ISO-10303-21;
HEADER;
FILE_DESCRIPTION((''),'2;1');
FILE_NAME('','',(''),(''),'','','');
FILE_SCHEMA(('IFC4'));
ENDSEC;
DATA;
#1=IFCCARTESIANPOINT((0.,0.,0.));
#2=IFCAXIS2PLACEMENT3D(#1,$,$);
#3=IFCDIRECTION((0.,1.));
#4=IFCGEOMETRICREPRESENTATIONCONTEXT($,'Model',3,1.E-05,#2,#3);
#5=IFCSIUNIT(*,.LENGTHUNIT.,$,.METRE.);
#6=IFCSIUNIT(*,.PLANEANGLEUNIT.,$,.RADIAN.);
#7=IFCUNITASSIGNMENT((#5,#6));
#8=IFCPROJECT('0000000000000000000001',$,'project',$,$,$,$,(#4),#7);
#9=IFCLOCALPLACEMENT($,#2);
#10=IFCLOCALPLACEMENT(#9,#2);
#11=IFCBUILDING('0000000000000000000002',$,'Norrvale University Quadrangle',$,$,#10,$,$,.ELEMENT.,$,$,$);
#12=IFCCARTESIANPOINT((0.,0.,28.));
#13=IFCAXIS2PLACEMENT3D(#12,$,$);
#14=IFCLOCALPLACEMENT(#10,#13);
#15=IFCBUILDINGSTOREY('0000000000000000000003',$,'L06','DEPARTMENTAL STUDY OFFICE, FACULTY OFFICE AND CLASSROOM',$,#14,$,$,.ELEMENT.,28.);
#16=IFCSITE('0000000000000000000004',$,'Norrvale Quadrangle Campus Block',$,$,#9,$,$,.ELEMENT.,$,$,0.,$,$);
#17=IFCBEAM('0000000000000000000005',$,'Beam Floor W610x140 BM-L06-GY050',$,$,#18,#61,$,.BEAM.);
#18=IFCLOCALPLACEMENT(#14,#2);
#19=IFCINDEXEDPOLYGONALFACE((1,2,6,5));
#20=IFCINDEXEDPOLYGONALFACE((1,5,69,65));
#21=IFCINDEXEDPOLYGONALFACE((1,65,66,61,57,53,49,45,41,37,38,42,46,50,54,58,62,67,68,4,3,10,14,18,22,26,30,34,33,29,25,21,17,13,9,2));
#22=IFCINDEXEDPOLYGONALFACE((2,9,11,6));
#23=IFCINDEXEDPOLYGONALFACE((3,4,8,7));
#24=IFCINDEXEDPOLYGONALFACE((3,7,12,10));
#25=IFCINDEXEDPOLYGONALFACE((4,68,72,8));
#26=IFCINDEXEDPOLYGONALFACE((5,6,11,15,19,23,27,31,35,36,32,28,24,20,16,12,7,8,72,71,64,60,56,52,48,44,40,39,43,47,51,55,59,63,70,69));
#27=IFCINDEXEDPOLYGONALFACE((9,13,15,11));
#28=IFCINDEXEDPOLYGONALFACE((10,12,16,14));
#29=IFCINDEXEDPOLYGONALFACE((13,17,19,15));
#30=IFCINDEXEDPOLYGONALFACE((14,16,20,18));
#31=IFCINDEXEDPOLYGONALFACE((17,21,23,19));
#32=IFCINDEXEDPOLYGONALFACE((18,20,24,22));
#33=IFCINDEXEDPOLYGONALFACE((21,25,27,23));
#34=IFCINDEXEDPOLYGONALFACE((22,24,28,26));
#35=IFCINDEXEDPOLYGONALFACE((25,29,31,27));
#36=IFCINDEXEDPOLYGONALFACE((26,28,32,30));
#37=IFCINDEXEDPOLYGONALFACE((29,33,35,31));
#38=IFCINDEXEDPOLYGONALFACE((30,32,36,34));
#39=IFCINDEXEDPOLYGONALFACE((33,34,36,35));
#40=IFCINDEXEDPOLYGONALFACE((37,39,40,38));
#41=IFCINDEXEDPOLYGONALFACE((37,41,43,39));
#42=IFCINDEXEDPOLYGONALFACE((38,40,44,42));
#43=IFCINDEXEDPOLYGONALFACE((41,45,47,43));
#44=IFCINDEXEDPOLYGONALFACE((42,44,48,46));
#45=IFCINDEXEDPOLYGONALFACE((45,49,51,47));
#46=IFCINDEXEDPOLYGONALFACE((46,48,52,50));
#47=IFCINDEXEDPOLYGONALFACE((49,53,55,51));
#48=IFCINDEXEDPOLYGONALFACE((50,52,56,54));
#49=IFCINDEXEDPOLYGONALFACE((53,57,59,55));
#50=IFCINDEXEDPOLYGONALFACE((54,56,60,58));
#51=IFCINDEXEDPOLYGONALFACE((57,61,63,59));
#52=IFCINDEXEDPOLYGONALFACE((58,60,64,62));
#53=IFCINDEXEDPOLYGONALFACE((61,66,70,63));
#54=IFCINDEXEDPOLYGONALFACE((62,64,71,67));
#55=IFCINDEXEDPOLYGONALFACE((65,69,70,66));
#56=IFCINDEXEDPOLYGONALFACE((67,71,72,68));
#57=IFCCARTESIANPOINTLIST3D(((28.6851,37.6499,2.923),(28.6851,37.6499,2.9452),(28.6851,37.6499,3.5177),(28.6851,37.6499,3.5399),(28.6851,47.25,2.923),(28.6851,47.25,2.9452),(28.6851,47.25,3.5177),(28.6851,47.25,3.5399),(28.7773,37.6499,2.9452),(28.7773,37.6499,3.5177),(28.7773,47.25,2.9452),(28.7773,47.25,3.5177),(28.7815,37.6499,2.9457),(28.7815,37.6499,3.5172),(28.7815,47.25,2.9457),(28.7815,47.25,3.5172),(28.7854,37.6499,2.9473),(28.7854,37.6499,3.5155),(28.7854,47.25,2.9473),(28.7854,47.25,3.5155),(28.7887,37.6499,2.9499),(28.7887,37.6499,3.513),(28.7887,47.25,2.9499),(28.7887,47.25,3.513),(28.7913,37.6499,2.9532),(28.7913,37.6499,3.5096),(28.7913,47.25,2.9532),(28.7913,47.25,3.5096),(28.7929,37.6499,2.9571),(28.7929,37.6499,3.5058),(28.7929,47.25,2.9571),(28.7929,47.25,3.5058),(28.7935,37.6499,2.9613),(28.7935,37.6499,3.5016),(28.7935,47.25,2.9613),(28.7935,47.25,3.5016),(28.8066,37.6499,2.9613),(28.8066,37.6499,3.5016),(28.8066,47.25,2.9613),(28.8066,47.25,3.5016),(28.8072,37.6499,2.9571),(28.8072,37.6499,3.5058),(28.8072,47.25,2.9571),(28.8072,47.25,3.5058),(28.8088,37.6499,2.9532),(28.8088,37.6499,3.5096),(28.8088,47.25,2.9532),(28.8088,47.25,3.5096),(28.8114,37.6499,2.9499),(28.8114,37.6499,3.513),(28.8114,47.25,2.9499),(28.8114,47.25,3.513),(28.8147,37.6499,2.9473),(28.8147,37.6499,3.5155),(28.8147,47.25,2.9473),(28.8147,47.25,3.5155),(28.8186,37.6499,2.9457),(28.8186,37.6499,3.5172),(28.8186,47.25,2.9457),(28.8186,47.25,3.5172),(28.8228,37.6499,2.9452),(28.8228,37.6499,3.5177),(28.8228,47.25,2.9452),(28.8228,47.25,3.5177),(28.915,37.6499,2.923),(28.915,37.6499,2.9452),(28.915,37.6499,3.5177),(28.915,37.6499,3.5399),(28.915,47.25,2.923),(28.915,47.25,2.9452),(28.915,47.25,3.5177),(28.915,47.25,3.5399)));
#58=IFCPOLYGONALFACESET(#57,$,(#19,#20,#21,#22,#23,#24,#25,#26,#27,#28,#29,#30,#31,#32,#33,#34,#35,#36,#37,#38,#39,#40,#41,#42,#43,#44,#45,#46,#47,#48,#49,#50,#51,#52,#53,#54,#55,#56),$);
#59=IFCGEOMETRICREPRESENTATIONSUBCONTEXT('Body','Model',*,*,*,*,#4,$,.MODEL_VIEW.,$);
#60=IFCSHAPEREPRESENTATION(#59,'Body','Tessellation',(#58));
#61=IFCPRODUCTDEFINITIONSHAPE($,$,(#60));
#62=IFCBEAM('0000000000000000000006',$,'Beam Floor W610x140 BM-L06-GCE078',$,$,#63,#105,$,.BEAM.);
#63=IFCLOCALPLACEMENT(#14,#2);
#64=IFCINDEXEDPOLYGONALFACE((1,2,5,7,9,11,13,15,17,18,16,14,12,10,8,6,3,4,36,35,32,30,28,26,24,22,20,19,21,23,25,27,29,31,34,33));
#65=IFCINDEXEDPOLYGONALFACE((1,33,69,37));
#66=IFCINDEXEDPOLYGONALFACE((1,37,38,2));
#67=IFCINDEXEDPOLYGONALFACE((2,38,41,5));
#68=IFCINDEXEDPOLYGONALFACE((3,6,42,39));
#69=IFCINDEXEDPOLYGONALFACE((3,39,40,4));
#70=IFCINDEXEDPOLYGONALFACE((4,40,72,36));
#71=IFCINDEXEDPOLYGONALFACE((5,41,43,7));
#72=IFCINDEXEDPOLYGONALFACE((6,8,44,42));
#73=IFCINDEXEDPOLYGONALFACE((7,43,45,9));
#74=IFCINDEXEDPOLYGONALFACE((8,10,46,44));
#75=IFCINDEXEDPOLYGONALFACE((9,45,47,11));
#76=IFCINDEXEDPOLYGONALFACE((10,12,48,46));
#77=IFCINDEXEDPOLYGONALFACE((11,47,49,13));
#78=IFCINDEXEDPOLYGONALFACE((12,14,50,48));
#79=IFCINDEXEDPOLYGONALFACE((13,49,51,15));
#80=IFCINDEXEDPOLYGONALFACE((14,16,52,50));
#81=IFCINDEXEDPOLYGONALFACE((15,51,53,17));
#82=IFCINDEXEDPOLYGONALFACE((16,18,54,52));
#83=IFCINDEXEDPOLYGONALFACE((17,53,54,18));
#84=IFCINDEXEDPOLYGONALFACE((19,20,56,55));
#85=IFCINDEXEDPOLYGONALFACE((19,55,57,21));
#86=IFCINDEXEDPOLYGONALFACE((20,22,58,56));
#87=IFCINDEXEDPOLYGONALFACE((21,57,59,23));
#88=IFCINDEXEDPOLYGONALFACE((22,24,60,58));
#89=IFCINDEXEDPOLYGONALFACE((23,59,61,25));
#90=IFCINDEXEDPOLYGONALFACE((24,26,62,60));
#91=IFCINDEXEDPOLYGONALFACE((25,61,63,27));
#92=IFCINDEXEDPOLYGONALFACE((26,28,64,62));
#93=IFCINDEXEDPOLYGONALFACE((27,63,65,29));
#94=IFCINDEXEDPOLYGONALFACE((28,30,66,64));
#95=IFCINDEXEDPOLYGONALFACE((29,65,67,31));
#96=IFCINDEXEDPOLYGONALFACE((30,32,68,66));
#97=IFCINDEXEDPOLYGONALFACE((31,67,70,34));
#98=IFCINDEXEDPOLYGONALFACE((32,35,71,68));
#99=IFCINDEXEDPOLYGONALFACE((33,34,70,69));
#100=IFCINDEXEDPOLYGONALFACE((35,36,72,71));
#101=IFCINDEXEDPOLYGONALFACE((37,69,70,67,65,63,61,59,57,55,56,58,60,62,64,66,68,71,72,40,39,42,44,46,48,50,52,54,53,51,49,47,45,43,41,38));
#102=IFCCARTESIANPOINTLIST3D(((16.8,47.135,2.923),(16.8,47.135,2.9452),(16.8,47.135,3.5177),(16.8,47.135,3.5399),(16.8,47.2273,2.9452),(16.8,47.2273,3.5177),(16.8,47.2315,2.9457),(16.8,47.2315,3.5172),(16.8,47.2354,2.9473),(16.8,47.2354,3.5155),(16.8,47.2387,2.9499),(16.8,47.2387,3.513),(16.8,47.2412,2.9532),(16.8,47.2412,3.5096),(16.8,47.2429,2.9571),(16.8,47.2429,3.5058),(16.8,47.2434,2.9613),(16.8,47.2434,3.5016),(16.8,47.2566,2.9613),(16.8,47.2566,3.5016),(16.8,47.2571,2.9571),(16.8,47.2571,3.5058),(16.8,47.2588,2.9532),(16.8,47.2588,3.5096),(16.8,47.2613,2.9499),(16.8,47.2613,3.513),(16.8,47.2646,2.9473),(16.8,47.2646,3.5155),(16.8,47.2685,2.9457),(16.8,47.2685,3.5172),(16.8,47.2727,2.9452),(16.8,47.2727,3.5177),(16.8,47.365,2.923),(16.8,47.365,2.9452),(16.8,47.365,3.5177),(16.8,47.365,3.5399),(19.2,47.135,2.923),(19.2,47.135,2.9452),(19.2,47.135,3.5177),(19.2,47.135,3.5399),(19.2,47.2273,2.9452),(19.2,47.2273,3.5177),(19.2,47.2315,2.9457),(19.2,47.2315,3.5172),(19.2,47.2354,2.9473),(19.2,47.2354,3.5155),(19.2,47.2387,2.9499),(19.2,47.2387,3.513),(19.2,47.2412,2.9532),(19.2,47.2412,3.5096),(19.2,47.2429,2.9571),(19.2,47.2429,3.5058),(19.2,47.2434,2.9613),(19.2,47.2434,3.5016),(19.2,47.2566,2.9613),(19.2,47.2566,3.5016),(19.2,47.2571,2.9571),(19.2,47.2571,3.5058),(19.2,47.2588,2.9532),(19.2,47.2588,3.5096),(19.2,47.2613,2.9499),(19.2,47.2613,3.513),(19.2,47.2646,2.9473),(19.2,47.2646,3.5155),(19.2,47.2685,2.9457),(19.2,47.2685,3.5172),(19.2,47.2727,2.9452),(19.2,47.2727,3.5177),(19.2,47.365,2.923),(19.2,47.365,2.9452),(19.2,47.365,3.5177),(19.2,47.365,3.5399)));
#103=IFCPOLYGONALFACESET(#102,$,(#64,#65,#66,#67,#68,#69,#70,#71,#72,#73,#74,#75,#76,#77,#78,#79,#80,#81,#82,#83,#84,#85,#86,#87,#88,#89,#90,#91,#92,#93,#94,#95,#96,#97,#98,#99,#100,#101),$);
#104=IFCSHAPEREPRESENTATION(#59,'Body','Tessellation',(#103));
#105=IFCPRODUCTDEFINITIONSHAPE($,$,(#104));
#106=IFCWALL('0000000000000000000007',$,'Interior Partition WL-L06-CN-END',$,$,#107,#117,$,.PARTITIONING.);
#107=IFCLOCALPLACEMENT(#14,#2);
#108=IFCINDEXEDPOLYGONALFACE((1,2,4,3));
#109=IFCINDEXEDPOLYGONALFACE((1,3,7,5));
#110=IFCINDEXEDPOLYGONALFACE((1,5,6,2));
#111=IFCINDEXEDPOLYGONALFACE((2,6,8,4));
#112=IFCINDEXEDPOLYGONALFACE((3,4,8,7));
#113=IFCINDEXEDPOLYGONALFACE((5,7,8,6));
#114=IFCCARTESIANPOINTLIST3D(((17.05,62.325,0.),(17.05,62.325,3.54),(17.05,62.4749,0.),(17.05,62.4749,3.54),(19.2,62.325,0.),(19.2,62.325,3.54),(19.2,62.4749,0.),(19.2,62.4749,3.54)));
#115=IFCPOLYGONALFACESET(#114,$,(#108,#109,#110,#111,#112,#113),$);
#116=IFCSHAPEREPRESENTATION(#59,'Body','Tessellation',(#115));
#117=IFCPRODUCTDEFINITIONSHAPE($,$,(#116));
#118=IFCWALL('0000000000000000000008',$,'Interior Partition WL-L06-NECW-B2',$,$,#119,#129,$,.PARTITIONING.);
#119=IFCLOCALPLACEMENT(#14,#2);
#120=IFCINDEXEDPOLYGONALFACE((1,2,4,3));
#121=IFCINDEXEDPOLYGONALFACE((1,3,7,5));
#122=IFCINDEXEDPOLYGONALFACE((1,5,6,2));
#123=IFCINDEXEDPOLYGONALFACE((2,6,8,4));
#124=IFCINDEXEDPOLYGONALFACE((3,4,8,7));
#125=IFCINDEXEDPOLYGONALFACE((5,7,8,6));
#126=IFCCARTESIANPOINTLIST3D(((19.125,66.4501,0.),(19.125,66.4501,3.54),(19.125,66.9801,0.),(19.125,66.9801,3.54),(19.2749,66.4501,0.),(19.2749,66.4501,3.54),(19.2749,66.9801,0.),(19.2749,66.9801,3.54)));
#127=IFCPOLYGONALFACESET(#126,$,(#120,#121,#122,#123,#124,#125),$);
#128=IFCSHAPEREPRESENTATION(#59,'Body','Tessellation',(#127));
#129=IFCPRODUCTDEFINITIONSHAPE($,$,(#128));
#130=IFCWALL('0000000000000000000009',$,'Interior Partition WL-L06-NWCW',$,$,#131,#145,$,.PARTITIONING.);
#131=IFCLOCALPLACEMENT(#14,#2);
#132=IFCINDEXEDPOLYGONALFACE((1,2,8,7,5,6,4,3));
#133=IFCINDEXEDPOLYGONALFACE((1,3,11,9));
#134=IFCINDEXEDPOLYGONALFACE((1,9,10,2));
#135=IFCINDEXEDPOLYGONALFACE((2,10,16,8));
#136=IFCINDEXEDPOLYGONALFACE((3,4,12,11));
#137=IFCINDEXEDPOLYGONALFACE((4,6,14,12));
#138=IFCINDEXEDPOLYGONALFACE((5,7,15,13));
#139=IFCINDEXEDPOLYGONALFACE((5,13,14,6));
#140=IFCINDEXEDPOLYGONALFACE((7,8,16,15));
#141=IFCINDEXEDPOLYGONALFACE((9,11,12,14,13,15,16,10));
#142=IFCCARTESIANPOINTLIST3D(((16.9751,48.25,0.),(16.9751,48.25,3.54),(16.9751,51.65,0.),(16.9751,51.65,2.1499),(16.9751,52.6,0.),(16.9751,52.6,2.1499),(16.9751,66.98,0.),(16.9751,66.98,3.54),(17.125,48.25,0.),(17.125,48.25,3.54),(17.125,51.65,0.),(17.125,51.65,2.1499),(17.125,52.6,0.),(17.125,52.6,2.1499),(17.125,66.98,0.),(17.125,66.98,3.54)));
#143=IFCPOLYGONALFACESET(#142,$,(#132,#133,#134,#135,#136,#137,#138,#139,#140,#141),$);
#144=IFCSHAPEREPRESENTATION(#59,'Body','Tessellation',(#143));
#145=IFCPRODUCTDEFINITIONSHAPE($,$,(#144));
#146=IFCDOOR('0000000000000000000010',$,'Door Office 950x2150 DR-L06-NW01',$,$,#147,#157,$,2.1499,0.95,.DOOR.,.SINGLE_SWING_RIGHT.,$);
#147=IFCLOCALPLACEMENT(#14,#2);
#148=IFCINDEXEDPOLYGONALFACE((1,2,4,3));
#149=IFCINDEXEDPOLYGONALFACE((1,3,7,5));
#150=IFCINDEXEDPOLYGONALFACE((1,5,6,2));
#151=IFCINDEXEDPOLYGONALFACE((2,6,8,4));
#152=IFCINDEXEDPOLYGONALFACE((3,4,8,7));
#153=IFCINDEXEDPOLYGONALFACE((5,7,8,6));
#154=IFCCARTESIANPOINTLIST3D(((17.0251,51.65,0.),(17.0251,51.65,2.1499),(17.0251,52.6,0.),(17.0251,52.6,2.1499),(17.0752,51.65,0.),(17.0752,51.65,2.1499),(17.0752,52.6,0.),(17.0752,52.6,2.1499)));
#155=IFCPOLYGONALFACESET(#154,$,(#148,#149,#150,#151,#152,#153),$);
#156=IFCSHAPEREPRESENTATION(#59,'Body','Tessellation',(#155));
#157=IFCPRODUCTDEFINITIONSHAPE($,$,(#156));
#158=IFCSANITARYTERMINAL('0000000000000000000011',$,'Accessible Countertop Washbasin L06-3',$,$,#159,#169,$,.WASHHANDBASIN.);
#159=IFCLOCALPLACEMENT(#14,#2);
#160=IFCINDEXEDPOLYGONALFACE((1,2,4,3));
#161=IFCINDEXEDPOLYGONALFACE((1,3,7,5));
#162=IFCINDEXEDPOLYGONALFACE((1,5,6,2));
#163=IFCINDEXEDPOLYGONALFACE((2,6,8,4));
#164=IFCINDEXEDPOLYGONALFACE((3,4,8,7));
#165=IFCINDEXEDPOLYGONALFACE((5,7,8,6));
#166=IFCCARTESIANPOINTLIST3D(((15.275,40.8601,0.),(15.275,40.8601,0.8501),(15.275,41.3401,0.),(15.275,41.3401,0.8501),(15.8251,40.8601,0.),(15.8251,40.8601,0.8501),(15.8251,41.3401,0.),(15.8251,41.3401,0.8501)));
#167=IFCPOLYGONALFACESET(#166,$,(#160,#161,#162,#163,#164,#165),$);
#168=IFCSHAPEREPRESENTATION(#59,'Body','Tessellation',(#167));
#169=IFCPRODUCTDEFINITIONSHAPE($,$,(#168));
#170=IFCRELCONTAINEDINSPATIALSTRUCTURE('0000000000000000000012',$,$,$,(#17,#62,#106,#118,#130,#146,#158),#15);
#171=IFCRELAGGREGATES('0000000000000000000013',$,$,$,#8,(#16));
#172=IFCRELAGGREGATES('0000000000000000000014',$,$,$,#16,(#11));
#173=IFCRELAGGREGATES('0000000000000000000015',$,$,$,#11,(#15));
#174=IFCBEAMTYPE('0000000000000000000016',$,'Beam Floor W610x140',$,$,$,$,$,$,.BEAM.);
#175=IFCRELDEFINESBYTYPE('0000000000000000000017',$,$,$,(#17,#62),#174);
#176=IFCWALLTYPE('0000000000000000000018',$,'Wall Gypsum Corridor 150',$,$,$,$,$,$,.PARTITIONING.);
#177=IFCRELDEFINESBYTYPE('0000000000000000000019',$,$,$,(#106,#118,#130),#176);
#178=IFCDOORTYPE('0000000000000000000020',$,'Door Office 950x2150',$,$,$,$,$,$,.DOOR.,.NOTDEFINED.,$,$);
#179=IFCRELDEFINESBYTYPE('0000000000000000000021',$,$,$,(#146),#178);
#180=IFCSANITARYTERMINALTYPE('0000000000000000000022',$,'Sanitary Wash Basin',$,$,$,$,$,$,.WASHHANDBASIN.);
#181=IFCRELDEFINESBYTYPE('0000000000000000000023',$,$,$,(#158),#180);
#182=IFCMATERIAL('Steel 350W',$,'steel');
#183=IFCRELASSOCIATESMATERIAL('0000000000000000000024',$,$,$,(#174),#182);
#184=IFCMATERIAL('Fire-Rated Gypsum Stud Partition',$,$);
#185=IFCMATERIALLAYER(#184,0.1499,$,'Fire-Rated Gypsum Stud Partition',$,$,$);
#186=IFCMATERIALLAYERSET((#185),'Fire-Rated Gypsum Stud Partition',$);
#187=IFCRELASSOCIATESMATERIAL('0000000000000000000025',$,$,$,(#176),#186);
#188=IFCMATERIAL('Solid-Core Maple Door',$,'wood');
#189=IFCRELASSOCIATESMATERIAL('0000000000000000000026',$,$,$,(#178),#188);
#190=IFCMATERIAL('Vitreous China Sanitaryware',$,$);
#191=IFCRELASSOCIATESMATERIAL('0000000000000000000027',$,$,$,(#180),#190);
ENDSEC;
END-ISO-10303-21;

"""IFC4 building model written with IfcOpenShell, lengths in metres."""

from ifc_helpers import new_model, si_unit, direction, frame, frame_2d, origin, origin_2d, place, context, subcontext, project, spatial, rectangle, i_section, extrude, material, layer, layer_set, material_profile, profile_set, type_object, element, fill, save


model = new_model("IFC4")

# Units and contexts
model_context = context("Model", 3, precision=1e-05, world=origin(), true_north=direction((0.0, 1.0)))
body_context = subcontext(model_context, "Body", "Model", "MODEL_VIEW")
ifc_project = project(units=[si_unit("LENGTHUNIT", "METRE"), si_unit("PLANEANGLEUNIT", "RADIAN")], contexts=[model_context])

# Site, building, storey
site_placement = place(None, origin())
site = spatial("IfcSite", under=ifc_project, at=site_placement, Name="Norrvale Quadrangle Campus Block", CompositionType="ELEMENT", RefElevation=0.0)
building_placement = place(site_placement, origin())
building = spatial("IfcBuilding", under=site, at=building_placement, Name="Norrvale University Quadrangle", CompositionType="ELEMENT")
storey_placement = place(building_placement, frame((0.0, 0.0, 28.0)))
storey = spatial("IfcBuildingStorey", under=building, at=storey_placement, Name="L06", Description="DEPARTMENTAL STUDY OFFICE, FACULTY OFFICE AND CLASSROOM", CompositionType="ELEMENT", Elevation=28.0)

# Beams
ifc_material_1 = material(Name="Steel 350W", Category="steel")
ifc_material_profile_1 = material_profile(ifc_material_1, i_section(OverallWidth=0.23, OverallDepth=0.6169, WebThickness=0.0132, FlangeThickness=0.0222, FilletRadius=0.0161, at=origin_2d()), Name="Steel 350W")
ifc_profile_set_1 = profile_set([ifc_material_profile_1], Name="Steel 350W")
beam_type_1 = type_object("IfcBeamType", Name="Beam Floor W610x140", PredefinedType="BEAM", material=ifc_profile_set_1)
beam_1_placement = place(storey_placement, frame((28.8, 37.6499, 3.2314), z_axis=(0.0, 1.0, 0.0), x_axis=(-1.0, 0.0, 0.0)))
element("IfcBeam", 1, at=beam_1_placement, inside=storey, type_object=beam_type_1, Name="Beam Floor W610x140 BM-L06-GY050", PredefinedType="BEAM", context=body_context, shape_type="SweptSolid", body=[
    extrude(i_section(OverallWidth=0.23, OverallDepth=0.6169, WebThickness=0.0132, FlangeThickness=0.0222, FilletRadius=0.0161, at=origin_2d()), origin(), (0.0, 0.0, 1.0), 9.6001),
])
beam_2_placement = place(storey_placement, frame((16.8, 47.25, 3.2314), z_axis=(1.0, 0.0, 0.0), x_axis=(0.0, 1.0, 0.0)))
element("IfcBeam", 2, at=beam_2_placement, inside=storey, type_object=beam_type_1, Name="Beam Floor W610x140 BM-L06-GCE078", PredefinedType="BEAM", context=body_context, shape_type="SweptSolid", body=[
    extrude(i_section(OverallWidth=0.23, OverallDepth=0.6169, WebThickness=0.0132, FlangeThickness=0.0222, FilletRadius=0.0161, at=origin_2d()), origin(), (0.0, 0.0, 1.0), 2.3999),
])

# Walls
ifc_material_2 = material(Name="Fire-Rated Gypsum Stud Partition")
ifc_layer = layer(ifc_material_2, 0.1499, Name="Fire-Rated Gypsum Stud Partition")
ifc_layer_set = layer_set([ifc_layer], Name="Fire-Rated Gypsum Stud Partition")
wall_type = type_object("IfcWallType", Name="Wall Gypsum Corridor 150", PredefinedType="PARTITIONING", material=ifc_layer_set)
wall_1_placement = place(storey_placement, frame((17.05, 62.3999, 0.0), z_axis=(0.0, 0.0, 1.0), x_axis=(1.0, 0.0, 0.0)))
element("IfcWall", 3, at=wall_1_placement, inside=storey, type_object=wall_type, Name="Interior Partition WL-L06-CN-END", PredefinedType="PARTITIONING", context=body_context, shape_type="SweptSolid", body=[
    extrude(rectangle(XDim=2.1499, YDim=0.1499, at=frame_2d((1.075, 0.0))), origin(), (0.0, 0.0, 1.0), 3.54),
])
wall_2_placement = place(storey_placement, frame((19.2, 66.45, 0.0), z_axis=(0.0, 0.0, 1.0), x_axis=(0.0, 1.0, 0.0)))
element("IfcWall", 4, at=wall_2_placement, inside=storey, type_object=wall_type, Name="Interior Partition WL-L06-NECW-B2", PredefinedType="PARTITIONING", context=body_context, shape_type="SweptSolid", body=[
    extrude(rectangle(XDim=0.53, YDim=0.1499, at=frame_2d((0.2651, 0.0))), origin(), (0.0, 0.0, 1.0), 3.54),
])

# Wall, opening, door
wall_3_placement = place(storey_placement, frame((17.05, 48.25, 0.0), z_axis=(0.0, 0.0, 1.0), x_axis=(0.0, 1.0, 0.0)))
wall_3 = element("IfcWall", 5, at=wall_3_placement, inside=storey, type_object=wall_type, Name="Interior Partition WL-L06-NWCW", PredefinedType="PARTITIONING", context=body_context, shape_type="SweptSolid", body=[
    extrude(rectangle(XDim=18.73, YDim=0.1499, at=frame_2d((9.365, 0.0))), origin(), (0.0, 0.0, 1.0), 3.54),
])
opening_placement = place(wall_3_placement, frame((3.3999, 0.0, 0.0)))
opening = element("IfcOpeningElement", 6, at=opening_placement, cuts=wall_3, PredefinedType="OPENING", context=body_context, shape_type="SweptSolid", body=[
    extrude(rectangle(XDim=0.95, YDim=2.1499, at=frame_2d((0.4751, 1.075))), frame((0.0, 0.0869, 0.0), z_axis=(0.0, -1.0, 0.0), x_axis=(1.0, 0.0, 0.0)), (0.0, 0.0, 1.0), 0.1738),
])
ifc_material_3 = material(Name="Solid-Core Maple Door", Category="wood")
door_type = type_object("IfcDoorType", Name="Door Office 950x2150", OperationType="NOTDEFINED", PredefinedType="DOOR", material=ifc_material_3)
door_placement = place(opening_placement, origin())
door = element("IfcDoor", 7, at=door_placement, inside=storey, type_object=door_type, Name="Door Office 950x2150 DR-L06-NW01", OperationType="SINGLE_SWING_RIGHT", OverallHeight=2.1499, OverallWidth=0.95, PredefinedType="DOOR", context=body_context, shape_type="SweptSolid", body=[
    extrude(rectangle(XDim=0.95, YDim=2.1499, at=frame_2d((0.4751, 1.075))), frame((0.0, 0.0249, 0.0), z_axis=(0.0, -1.0, 0.0), x_axis=(1.0, 0.0, 0.0)), (0.0, 0.0, 1.0), 0.05),
])
fill(opening, door)

# Sanitary terminal
ifc_material_4 = material(Name="Vitreous China Sanitaryware")
sanitary_terminal_type = type_object("IfcSanitaryTerminalType", Name="Sanitary Wash Basin", PredefinedType="WASHHANDBASIN", material=ifc_material_4)
sanitary_terminal_placement = place(storey_placement, frame((15.55, 41.1001, 0.0), z_axis=(0.0, 0.0, 1.0), x_axis=(1.0, 0.0, 0.0)))
element("IfcSanitaryTerminal", 8, at=sanitary_terminal_placement, inside=storey, type_object=sanitary_terminal_type, Name="Accessible Countertop Washbasin L06-3", PredefinedType="WASHHANDBASIN", context=body_context, shape_type="SweptSolid", body=[
    extrude(rectangle(XDim=0.55, YDim=0.48, at=origin_2d()), origin(), (0.0, 0.0, 1.0), 0.8501),
])

save(model, "model.ifc")
